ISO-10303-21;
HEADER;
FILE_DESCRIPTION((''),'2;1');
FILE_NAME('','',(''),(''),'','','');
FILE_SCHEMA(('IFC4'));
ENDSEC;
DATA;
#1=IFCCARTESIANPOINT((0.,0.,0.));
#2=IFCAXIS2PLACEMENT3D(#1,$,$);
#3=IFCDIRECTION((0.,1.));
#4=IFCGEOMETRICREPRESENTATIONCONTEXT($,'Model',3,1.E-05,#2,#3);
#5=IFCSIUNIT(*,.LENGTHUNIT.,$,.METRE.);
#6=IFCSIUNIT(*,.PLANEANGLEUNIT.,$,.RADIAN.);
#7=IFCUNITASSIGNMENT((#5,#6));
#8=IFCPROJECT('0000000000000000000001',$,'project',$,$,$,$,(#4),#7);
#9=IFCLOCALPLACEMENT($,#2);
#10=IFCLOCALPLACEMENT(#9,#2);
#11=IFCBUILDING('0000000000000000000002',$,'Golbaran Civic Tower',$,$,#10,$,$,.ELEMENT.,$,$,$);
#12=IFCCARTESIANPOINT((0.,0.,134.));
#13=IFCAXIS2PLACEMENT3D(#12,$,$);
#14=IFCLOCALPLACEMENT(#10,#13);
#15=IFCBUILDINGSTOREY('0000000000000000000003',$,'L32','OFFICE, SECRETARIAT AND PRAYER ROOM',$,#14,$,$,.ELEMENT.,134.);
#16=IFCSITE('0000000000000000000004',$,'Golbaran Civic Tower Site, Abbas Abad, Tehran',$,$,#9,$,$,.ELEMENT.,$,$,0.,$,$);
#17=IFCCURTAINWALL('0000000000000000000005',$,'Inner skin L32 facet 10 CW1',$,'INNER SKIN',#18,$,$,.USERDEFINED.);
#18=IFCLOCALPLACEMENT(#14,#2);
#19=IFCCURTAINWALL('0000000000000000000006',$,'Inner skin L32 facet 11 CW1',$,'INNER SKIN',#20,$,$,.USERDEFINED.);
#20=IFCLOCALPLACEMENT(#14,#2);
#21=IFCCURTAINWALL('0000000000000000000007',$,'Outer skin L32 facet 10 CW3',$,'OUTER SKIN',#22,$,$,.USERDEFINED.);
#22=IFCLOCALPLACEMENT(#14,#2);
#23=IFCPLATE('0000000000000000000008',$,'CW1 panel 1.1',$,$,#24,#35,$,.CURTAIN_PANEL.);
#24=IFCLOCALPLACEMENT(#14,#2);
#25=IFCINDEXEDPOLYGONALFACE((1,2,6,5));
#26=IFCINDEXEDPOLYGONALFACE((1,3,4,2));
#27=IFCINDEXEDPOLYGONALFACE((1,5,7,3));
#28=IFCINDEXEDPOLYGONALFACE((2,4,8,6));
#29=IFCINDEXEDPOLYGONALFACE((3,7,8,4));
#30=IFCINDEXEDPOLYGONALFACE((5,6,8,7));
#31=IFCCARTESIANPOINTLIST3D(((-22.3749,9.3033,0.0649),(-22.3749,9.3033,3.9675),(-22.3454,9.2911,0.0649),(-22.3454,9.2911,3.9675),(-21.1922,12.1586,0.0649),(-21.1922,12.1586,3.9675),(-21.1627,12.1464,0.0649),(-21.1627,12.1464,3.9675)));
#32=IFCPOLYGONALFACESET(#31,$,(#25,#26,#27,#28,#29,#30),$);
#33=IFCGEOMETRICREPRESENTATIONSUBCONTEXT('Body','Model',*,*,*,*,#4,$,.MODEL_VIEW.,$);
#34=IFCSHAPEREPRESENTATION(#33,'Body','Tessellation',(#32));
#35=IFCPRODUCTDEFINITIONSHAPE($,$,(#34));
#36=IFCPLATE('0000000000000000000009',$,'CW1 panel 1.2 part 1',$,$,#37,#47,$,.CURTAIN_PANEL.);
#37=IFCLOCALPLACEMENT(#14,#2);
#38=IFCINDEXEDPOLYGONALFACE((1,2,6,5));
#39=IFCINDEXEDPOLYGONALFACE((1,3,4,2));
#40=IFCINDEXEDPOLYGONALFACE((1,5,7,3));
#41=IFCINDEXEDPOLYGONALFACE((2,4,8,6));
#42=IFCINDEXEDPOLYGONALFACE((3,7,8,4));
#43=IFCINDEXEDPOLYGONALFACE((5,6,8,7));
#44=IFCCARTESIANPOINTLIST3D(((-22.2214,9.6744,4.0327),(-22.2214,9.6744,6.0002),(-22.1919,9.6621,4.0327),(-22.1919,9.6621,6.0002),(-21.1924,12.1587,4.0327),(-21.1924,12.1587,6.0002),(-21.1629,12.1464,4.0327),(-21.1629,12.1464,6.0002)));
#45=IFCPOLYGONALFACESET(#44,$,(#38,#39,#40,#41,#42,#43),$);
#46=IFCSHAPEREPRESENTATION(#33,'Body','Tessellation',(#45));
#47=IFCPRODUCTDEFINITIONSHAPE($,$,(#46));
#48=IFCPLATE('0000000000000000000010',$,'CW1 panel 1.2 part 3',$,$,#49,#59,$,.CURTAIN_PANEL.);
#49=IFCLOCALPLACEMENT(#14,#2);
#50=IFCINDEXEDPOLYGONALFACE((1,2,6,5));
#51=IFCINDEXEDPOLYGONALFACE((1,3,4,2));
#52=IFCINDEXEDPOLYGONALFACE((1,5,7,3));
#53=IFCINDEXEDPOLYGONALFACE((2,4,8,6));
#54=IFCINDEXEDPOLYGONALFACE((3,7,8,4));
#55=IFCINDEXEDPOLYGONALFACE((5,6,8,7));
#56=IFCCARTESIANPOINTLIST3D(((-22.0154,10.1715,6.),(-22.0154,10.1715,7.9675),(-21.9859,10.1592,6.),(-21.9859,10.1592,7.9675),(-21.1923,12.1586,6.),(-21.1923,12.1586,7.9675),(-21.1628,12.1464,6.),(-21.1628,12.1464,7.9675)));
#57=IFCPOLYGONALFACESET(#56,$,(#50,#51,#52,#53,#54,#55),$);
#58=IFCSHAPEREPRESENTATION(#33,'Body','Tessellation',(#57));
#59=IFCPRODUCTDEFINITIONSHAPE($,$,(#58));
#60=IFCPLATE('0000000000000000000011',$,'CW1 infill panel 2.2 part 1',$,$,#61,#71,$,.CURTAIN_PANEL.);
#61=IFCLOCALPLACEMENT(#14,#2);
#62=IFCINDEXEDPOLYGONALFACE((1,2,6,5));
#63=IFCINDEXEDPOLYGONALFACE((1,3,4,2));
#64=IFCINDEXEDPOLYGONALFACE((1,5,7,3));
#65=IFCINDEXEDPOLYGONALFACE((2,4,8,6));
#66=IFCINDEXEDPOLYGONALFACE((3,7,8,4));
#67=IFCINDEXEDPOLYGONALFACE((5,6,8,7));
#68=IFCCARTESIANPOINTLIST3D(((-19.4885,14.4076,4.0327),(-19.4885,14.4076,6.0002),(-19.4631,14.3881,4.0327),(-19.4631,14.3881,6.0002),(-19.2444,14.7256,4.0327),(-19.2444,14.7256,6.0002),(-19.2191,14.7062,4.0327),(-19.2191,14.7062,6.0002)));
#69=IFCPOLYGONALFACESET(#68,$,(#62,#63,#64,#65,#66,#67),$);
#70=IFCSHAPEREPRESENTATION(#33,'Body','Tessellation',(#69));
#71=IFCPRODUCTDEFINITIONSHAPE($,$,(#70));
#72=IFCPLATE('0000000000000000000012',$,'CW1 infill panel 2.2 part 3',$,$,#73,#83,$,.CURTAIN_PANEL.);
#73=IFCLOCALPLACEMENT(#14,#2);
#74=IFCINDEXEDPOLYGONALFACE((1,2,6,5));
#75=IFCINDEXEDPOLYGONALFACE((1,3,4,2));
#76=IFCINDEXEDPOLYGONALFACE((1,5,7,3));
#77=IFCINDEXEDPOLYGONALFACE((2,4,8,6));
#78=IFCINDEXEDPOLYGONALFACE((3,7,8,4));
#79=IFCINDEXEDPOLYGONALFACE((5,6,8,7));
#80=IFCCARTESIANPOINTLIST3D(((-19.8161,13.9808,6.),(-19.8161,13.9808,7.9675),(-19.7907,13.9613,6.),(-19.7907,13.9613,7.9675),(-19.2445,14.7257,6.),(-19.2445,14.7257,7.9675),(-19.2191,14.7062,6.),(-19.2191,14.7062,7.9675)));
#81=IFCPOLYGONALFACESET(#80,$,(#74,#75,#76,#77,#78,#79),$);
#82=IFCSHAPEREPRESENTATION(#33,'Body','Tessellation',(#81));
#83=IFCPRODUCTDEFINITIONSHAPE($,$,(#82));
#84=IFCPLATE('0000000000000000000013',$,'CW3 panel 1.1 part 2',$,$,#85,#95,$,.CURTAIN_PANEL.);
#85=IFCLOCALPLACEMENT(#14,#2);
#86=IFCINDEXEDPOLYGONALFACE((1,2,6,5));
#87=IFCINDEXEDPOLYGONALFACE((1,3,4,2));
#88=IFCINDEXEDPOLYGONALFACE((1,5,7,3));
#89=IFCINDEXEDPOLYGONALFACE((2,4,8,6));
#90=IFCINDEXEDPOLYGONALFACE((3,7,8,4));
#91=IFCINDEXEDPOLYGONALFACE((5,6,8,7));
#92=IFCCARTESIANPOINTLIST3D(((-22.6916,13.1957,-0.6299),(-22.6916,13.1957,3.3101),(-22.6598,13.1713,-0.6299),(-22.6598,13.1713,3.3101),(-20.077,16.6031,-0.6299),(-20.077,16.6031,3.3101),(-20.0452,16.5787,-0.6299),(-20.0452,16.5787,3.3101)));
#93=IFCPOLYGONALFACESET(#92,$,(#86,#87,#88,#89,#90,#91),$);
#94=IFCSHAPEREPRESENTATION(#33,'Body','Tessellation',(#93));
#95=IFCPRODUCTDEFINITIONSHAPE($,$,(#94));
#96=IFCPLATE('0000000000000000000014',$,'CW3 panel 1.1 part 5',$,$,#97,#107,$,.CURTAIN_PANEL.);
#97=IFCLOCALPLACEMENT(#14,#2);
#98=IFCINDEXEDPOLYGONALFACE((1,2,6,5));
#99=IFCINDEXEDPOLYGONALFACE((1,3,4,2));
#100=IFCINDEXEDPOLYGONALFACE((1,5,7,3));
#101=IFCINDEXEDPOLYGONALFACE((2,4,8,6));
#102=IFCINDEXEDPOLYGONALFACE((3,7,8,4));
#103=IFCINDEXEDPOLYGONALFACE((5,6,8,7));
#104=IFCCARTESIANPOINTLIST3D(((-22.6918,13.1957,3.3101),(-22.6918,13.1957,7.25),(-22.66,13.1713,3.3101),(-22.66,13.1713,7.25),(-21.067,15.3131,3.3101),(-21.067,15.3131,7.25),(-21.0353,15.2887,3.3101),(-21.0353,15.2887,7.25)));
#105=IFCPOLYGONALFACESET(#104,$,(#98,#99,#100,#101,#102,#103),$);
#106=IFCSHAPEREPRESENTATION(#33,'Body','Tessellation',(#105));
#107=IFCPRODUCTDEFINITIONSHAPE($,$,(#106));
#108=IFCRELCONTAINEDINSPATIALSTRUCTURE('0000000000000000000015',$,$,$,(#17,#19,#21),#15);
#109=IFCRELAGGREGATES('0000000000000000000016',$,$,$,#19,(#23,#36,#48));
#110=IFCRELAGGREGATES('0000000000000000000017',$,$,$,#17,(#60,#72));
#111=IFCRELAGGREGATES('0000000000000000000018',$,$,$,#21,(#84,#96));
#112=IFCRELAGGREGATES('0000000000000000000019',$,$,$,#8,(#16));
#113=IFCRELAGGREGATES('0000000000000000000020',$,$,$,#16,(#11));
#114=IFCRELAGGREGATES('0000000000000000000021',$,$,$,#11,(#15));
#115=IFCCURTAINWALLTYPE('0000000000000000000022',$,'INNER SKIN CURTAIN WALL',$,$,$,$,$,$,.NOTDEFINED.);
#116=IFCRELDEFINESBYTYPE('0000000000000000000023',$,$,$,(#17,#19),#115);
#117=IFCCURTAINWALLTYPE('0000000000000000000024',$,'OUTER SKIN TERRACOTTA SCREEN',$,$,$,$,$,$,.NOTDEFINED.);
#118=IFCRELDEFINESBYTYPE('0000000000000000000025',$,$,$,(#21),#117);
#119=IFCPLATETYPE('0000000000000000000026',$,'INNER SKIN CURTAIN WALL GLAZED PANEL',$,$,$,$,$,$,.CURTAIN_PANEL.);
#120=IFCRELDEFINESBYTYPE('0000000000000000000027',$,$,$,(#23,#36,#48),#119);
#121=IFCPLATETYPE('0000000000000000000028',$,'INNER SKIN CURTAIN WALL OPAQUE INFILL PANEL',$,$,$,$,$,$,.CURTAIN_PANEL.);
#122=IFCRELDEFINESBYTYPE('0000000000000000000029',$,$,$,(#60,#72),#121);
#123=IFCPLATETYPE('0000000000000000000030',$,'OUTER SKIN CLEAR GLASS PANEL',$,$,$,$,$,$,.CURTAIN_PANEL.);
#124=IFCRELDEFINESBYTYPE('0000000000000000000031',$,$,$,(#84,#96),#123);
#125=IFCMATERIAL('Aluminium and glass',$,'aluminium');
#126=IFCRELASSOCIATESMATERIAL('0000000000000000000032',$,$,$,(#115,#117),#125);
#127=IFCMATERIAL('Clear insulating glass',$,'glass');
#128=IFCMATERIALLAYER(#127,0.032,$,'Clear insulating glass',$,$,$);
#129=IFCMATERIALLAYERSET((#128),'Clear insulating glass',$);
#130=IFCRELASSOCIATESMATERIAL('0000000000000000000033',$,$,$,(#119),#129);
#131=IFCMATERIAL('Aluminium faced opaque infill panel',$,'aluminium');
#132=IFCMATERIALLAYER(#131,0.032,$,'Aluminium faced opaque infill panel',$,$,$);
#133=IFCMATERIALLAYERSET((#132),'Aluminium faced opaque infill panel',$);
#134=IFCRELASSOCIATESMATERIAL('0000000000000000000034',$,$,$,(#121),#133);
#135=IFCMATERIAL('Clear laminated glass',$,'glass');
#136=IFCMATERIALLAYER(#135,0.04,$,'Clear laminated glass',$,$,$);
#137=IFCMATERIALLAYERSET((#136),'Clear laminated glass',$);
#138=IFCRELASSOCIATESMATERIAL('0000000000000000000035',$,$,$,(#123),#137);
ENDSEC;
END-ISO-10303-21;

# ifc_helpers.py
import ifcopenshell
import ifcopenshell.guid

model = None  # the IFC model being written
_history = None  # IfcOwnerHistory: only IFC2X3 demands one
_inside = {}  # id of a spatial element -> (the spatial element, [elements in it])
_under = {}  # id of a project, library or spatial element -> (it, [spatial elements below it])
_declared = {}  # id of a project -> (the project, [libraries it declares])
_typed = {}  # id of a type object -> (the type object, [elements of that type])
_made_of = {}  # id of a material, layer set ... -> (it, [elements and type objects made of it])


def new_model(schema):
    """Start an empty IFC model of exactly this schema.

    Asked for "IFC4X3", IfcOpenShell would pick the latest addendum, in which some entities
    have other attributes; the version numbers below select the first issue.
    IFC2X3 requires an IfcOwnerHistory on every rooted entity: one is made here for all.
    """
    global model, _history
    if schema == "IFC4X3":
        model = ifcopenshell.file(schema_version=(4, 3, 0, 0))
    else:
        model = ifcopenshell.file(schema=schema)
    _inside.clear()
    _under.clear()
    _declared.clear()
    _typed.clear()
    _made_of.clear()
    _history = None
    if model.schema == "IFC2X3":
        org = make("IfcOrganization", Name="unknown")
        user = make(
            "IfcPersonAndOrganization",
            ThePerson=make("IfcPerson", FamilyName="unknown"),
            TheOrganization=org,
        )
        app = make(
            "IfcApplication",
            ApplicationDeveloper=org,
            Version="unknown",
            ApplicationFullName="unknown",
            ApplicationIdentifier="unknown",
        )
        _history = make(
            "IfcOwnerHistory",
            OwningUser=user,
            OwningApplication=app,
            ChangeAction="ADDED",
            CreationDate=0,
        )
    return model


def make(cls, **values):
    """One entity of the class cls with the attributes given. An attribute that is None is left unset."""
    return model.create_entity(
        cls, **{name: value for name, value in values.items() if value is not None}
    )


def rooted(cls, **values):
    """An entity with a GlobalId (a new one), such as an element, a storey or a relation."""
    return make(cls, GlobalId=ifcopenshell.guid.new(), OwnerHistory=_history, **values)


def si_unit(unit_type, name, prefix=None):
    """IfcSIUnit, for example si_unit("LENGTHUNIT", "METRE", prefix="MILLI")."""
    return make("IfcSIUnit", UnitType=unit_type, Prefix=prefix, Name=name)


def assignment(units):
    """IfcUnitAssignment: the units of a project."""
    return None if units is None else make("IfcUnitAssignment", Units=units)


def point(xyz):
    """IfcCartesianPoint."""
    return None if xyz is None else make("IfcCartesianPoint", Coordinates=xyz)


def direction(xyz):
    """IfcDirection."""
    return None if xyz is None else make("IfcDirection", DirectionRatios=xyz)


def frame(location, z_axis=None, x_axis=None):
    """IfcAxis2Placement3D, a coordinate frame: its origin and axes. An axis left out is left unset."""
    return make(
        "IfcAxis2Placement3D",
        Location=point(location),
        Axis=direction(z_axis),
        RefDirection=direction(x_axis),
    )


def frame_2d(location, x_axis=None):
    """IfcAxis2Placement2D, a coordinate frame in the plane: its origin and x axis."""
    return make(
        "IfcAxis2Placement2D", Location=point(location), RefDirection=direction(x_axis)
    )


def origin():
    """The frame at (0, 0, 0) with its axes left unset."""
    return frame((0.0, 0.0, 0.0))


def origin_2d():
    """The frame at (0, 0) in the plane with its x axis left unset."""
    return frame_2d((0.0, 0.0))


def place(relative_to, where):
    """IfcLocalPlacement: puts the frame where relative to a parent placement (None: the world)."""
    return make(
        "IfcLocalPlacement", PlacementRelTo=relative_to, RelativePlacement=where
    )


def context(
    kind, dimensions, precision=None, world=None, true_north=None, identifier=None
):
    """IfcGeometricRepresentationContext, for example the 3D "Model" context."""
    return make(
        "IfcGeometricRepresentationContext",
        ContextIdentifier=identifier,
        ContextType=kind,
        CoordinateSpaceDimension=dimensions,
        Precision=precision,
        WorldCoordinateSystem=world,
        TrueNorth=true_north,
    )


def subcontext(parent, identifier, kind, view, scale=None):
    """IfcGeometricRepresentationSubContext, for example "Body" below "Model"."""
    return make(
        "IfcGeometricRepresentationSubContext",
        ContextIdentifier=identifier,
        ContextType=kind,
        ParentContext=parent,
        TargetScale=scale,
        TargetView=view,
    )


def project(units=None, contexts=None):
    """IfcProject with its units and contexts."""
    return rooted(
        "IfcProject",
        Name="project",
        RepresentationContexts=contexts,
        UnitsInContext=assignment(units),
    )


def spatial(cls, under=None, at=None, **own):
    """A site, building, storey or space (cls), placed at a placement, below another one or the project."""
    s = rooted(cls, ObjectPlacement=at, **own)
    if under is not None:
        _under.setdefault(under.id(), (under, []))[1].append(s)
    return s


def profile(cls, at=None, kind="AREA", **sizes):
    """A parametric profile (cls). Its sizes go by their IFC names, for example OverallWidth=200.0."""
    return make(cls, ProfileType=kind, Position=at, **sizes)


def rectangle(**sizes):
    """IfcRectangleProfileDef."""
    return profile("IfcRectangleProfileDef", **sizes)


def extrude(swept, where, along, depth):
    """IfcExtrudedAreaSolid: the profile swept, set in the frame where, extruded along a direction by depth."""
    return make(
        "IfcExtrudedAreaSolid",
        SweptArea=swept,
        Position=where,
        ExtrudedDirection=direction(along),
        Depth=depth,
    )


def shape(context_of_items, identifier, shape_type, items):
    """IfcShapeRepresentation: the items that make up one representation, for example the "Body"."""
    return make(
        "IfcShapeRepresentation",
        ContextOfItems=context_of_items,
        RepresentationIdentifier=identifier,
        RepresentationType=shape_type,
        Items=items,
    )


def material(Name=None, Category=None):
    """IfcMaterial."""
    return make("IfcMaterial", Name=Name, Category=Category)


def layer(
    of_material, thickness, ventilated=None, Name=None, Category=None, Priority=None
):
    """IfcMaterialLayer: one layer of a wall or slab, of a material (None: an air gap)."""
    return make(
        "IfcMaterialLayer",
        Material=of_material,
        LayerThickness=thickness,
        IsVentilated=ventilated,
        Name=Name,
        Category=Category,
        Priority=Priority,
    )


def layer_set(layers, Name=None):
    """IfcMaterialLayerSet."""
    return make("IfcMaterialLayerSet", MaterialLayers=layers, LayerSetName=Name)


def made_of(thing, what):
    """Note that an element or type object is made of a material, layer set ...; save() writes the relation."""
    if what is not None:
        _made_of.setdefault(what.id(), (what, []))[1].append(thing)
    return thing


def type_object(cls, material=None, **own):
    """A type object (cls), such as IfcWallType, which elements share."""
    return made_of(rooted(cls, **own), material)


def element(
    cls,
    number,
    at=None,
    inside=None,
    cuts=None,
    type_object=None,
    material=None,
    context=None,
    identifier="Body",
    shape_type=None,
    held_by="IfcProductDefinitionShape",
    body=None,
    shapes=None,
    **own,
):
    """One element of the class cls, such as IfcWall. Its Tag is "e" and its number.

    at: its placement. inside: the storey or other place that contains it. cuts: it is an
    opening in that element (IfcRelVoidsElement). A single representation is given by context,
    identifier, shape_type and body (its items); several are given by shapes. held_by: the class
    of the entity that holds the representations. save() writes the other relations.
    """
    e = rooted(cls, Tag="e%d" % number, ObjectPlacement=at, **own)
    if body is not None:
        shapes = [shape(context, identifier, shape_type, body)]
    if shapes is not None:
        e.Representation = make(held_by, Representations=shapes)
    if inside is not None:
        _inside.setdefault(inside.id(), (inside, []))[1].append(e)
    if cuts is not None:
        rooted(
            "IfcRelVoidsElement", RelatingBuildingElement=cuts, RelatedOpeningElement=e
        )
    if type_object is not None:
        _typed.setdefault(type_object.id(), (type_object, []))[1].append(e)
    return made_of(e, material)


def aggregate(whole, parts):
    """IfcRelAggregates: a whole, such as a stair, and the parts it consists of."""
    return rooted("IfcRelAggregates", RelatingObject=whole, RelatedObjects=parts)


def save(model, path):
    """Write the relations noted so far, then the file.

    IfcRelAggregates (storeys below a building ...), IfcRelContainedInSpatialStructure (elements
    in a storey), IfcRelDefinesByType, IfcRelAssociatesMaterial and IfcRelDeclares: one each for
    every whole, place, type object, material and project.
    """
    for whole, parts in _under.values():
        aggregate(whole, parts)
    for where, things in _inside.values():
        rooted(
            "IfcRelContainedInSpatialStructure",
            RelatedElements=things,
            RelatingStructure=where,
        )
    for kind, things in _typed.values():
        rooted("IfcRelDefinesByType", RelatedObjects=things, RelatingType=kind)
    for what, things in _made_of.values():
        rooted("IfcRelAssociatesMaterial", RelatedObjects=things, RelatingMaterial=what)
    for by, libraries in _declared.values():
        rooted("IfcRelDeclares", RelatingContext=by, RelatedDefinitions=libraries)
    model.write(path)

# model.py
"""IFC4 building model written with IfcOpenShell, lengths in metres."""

from ifc_helpers import new_model, si_unit, direction, frame, origin, origin_2d, place, context, subcontext, project, spatial, rectangle, extrude, material, layer, layer_set, type_object, element, aggregate, save


model = new_model("IFC4")

# Units and contexts
model_context = context("Model", 3, precision=1e-05, world=origin(), true_north=direction((0.0, 1.0)))
body_context = subcontext(model_context, "Body", "Model", "MODEL_VIEW")
ifc_project = project(units=[si_unit("LENGTHUNIT", "METRE"), si_unit("PLANEANGLEUNIT", "RADIAN")], contexts=[model_context])

# Site, building, storey
site_placement = place(None, origin())
site = spatial("IfcSite", under=ifc_project, at=site_placement, Name="Golbaran Civic Tower Site, Abbas Abad, Tehran", CompositionType="ELEMENT", RefElevation=0.0)
building_placement = place(site_placement, origin())
building = spatial("IfcBuilding", under=site, at=building_placement, Name="Golbaran Civic Tower", CompositionType="ELEMENT")
storey_placement = place(building_placement, frame((0.0, 0.0, 134.0)))
storey = spatial("IfcBuildingStorey", under=building, at=storey_placement, Name="L32", Description="OFFICE, SECRETARIAT AND PRAYER ROOM", CompositionType="ELEMENT", Elevation=134.0)

# Curtain wall
ifc_material_1 = material(Name="Aluminium and glass", Category="aluminium")
curtain_wall_type_1 = type_object("IfcCurtainWallType", Name="INNER SKIN CURTAIN WALL", PredefinedType="NOTDEFINED", material=ifc_material_1)
curtain_wall_1_placement = place(storey_placement, origin())
curtain_wall_1 = element("IfcCurtainWall", 1, at=curtain_wall_1_placement, inside=storey, type_object=curtain_wall_type_1, Name="Inner skin L32 facet 10 CW1", ObjectType="INNER SKIN", PredefinedType="USERDEFINED")

# Curtain wall
curtain_wall_2_placement = place(storey_placement, origin())
curtain_wall_2 = element("IfcCurtainWall", 2, at=curtain_wall_2_placement, inside=storey, type_object=curtain_wall_type_1, Name="Inner skin L32 facet 11 CW1", ObjectType="INNER SKIN", PredefinedType="USERDEFINED")

# Curtain wall
curtain_wall_type_2 = type_object("IfcCurtainWallType", Name="OUTER SKIN TERRACOTTA SCREEN", PredefinedType="NOTDEFINED", material=ifc_material_1)
curtain_wall_3_placement = place(storey_placement, origin())
curtain_wall_3 = element("IfcCurtainWall", 3, at=curtain_wall_3_placement, inside=storey, type_object=curtain_wall_type_2, Name="Outer skin L32 facet 10 CW3", ObjectType="OUTER SKIN", PredefinedType="USERDEFINED")

# Plates
ifc_material_2 = material(Name="Clear insulating glass", Category="glass")
ifc_layer_1 = layer(ifc_material_2, 0.032, Name="Clear insulating glass")
ifc_layer_set_1 = layer_set([ifc_layer_1], Name="Clear insulating glass")
plate_type_1 = type_object("IfcPlateType", Name="INNER SKIN CURTAIN WALL GLAZED PANEL", PredefinedType="CURTAIN_PANEL", material=ifc_layer_set_1)
plate_1_placement = place(storey_placement, frame((-21.7688, 10.7249, 0.0649), z_axis=(0.0, 0.0, 1.0), x_axis=(-0.382683, -0.92388, 0.0)))
plate_1 = element("IfcPlate", 4, at=plate_1_placement, type_object=plate_type_1, Name="CW1 panel 1.1", PredefinedType="CURTAIN_PANEL", context=body_context, shape_type="SweptSolid", body=[
    extrude(rectangle(XDim=3.0906, YDim=0.032, at=origin_2d()), origin(), (0.0, 0.0, 1.0), 3.9026),
])
plate_2_placement = place(storey_placement, frame((-21.6921, 10.9104, 4.0327), z_axis=(0.0, 0.0, 1.0), x_axis=(-0.382683, -0.92388, 0.0)))
plate_2 = element("IfcPlate", 5, at=plate_2_placement, type_object=plate_type_1, Name="CW1 panel 1.2 part 1", PredefinedType="CURTAIN_PANEL", context=body_context, shape_type="SweptSolid", body=[
    extrude(rectangle(XDim=2.689, YDim=0.032, at=origin_2d()), origin(), (0.0, 0.0, 1.0), 1.9675),
])
plate_3_placement = place(storey_placement, frame((-21.5891, 11.1589, 6.0), z_axis=(0.0, 0.0, 1.0), x_axis=(-0.382683, -0.92388, 0.0)))
plate_3 = element("IfcPlate", 6, at=plate_3_placement, type_object=plate_type_1, Name="CW1 panel 1.2 part 3", PredefinedType="CURTAIN_PANEL", context=body_context, shape_type="SweptSolid", body=[
    extrude(rectangle(XDim=2.1509, YDim=0.032, at=origin_2d()), origin(), (0.0, 0.0, 1.0), 1.9675),
])
aggregate(curtain_wall_2, [plate_1, plate_2, plate_3])
ifc_material_3 = material(Name="Aluminium faced opaque infill panel", Category="aluminium")
ifc_layer_2 = layer(ifc_material_3, 0.032, Name="Aluminium faced opaque infill panel")
ifc_layer_set_2 = layer_set([ifc_layer_2], Name="Aluminium faced opaque infill panel")
plate_type_2 = type_object("IfcPlateType", Name="INNER SKIN CURTAIN WALL OPAQUE INFILL PANEL", PredefinedType="CURTAIN_PANEL", material=ifc_layer_set_2)
plate_4_placement = place(storey_placement, frame((-19.3538, 14.5569, 4.0327), z_axis=(0.0, 0.0, 1.0), x_axis=(-0.608761, -0.793353, 0.0)))
plate_4 = element("IfcPlate", 7, at=plate_4_placement, type_object=plate_type_2, Name="CW1 infill panel 2.2 part 1", PredefinedType="CURTAIN_PANEL", context=body_context, shape_type="SweptSolid", body=[
    extrude(rectangle(XDim=0.4009, YDim=0.032, at=origin_2d()), origin(), (0.0, 0.0, 1.0), 1.9675),
])
plate_5_placement = place(storey_placement, frame((-19.5176, 14.3435, 6.0), z_axis=(0.0, 0.0, 1.0), x_axis=(-0.608761, -0.793353, 0.0)))
plate_5 = element("IfcPlate", 8, at=plate_5_placement, type_object=plate_type_2, Name="CW1 infill panel 2.2 part 3", PredefinedType="CURTAIN_PANEL", context=body_context, shape_type="SweptSolid", body=[
    extrude(rectangle(XDim=0.939, YDim=0.032, at=origin_2d()), origin(), (0.0, 0.0, 1.0), 1.9675),
])
aggregate(curtain_wall_1, [plate_4, plate_5])
ifc_material_4 = material(Name="Clear laminated glass", Category="glass")
ifc_layer_3 = layer(ifc_material_4, 0.04, Name="Clear laminated glass")
ifc_layer_set_3 = layer_set([ifc_layer_3], Name="Clear laminated glass")
plate_type_3 = type_object("IfcPlateType", Name="OUTER SKIN CLEAR GLASS PANEL", PredefinedType="CURTAIN_PANEL", material=ifc_layer_set_3)
plate_6_placement = place(storey_placement, frame((-21.3684, 14.8872, -0.6299), z_axis=(0.0, 0.0, 1.0), x_axis=(-0.608761, -0.793353, 0.0)))
plate_6 = element("IfcPlate", 9, at=plate_6_placement, type_object=plate_type_3, Name="CW3 panel 1.1 part 2", PredefinedType="CURTAIN_PANEL", context=body_context, shape_type="SweptSolid", body=[
    extrude(rectangle(XDim=4.2949, YDim=0.04, at=origin_2d()), origin(), (0.0, 0.0, 1.0), 3.9399),
])
plate_7_placement = place(storey_placement, frame((-21.8635, 14.2422, 3.3101), z_axis=(0.0, 0.0, 1.0), x_axis=(-0.608761, -0.793353, 0.0)))
plate_7 = element("IfcPlate", 10, at=plate_7_placement, type_object=plate_type_3, Name="CW3 panel 1.1 part 5", PredefinedType="CURTAIN_PANEL", context=body_context, shape_type="SweptSolid", body=[
    extrude(rectangle(XDim=2.6689, YDim=0.04, at=origin_2d()), origin(), (0.0, 0.0, 1.0), 3.9399),
])
aggregate(curtain_wall_3, [plate_6, plate_7])

save(model, "model.ifc")
